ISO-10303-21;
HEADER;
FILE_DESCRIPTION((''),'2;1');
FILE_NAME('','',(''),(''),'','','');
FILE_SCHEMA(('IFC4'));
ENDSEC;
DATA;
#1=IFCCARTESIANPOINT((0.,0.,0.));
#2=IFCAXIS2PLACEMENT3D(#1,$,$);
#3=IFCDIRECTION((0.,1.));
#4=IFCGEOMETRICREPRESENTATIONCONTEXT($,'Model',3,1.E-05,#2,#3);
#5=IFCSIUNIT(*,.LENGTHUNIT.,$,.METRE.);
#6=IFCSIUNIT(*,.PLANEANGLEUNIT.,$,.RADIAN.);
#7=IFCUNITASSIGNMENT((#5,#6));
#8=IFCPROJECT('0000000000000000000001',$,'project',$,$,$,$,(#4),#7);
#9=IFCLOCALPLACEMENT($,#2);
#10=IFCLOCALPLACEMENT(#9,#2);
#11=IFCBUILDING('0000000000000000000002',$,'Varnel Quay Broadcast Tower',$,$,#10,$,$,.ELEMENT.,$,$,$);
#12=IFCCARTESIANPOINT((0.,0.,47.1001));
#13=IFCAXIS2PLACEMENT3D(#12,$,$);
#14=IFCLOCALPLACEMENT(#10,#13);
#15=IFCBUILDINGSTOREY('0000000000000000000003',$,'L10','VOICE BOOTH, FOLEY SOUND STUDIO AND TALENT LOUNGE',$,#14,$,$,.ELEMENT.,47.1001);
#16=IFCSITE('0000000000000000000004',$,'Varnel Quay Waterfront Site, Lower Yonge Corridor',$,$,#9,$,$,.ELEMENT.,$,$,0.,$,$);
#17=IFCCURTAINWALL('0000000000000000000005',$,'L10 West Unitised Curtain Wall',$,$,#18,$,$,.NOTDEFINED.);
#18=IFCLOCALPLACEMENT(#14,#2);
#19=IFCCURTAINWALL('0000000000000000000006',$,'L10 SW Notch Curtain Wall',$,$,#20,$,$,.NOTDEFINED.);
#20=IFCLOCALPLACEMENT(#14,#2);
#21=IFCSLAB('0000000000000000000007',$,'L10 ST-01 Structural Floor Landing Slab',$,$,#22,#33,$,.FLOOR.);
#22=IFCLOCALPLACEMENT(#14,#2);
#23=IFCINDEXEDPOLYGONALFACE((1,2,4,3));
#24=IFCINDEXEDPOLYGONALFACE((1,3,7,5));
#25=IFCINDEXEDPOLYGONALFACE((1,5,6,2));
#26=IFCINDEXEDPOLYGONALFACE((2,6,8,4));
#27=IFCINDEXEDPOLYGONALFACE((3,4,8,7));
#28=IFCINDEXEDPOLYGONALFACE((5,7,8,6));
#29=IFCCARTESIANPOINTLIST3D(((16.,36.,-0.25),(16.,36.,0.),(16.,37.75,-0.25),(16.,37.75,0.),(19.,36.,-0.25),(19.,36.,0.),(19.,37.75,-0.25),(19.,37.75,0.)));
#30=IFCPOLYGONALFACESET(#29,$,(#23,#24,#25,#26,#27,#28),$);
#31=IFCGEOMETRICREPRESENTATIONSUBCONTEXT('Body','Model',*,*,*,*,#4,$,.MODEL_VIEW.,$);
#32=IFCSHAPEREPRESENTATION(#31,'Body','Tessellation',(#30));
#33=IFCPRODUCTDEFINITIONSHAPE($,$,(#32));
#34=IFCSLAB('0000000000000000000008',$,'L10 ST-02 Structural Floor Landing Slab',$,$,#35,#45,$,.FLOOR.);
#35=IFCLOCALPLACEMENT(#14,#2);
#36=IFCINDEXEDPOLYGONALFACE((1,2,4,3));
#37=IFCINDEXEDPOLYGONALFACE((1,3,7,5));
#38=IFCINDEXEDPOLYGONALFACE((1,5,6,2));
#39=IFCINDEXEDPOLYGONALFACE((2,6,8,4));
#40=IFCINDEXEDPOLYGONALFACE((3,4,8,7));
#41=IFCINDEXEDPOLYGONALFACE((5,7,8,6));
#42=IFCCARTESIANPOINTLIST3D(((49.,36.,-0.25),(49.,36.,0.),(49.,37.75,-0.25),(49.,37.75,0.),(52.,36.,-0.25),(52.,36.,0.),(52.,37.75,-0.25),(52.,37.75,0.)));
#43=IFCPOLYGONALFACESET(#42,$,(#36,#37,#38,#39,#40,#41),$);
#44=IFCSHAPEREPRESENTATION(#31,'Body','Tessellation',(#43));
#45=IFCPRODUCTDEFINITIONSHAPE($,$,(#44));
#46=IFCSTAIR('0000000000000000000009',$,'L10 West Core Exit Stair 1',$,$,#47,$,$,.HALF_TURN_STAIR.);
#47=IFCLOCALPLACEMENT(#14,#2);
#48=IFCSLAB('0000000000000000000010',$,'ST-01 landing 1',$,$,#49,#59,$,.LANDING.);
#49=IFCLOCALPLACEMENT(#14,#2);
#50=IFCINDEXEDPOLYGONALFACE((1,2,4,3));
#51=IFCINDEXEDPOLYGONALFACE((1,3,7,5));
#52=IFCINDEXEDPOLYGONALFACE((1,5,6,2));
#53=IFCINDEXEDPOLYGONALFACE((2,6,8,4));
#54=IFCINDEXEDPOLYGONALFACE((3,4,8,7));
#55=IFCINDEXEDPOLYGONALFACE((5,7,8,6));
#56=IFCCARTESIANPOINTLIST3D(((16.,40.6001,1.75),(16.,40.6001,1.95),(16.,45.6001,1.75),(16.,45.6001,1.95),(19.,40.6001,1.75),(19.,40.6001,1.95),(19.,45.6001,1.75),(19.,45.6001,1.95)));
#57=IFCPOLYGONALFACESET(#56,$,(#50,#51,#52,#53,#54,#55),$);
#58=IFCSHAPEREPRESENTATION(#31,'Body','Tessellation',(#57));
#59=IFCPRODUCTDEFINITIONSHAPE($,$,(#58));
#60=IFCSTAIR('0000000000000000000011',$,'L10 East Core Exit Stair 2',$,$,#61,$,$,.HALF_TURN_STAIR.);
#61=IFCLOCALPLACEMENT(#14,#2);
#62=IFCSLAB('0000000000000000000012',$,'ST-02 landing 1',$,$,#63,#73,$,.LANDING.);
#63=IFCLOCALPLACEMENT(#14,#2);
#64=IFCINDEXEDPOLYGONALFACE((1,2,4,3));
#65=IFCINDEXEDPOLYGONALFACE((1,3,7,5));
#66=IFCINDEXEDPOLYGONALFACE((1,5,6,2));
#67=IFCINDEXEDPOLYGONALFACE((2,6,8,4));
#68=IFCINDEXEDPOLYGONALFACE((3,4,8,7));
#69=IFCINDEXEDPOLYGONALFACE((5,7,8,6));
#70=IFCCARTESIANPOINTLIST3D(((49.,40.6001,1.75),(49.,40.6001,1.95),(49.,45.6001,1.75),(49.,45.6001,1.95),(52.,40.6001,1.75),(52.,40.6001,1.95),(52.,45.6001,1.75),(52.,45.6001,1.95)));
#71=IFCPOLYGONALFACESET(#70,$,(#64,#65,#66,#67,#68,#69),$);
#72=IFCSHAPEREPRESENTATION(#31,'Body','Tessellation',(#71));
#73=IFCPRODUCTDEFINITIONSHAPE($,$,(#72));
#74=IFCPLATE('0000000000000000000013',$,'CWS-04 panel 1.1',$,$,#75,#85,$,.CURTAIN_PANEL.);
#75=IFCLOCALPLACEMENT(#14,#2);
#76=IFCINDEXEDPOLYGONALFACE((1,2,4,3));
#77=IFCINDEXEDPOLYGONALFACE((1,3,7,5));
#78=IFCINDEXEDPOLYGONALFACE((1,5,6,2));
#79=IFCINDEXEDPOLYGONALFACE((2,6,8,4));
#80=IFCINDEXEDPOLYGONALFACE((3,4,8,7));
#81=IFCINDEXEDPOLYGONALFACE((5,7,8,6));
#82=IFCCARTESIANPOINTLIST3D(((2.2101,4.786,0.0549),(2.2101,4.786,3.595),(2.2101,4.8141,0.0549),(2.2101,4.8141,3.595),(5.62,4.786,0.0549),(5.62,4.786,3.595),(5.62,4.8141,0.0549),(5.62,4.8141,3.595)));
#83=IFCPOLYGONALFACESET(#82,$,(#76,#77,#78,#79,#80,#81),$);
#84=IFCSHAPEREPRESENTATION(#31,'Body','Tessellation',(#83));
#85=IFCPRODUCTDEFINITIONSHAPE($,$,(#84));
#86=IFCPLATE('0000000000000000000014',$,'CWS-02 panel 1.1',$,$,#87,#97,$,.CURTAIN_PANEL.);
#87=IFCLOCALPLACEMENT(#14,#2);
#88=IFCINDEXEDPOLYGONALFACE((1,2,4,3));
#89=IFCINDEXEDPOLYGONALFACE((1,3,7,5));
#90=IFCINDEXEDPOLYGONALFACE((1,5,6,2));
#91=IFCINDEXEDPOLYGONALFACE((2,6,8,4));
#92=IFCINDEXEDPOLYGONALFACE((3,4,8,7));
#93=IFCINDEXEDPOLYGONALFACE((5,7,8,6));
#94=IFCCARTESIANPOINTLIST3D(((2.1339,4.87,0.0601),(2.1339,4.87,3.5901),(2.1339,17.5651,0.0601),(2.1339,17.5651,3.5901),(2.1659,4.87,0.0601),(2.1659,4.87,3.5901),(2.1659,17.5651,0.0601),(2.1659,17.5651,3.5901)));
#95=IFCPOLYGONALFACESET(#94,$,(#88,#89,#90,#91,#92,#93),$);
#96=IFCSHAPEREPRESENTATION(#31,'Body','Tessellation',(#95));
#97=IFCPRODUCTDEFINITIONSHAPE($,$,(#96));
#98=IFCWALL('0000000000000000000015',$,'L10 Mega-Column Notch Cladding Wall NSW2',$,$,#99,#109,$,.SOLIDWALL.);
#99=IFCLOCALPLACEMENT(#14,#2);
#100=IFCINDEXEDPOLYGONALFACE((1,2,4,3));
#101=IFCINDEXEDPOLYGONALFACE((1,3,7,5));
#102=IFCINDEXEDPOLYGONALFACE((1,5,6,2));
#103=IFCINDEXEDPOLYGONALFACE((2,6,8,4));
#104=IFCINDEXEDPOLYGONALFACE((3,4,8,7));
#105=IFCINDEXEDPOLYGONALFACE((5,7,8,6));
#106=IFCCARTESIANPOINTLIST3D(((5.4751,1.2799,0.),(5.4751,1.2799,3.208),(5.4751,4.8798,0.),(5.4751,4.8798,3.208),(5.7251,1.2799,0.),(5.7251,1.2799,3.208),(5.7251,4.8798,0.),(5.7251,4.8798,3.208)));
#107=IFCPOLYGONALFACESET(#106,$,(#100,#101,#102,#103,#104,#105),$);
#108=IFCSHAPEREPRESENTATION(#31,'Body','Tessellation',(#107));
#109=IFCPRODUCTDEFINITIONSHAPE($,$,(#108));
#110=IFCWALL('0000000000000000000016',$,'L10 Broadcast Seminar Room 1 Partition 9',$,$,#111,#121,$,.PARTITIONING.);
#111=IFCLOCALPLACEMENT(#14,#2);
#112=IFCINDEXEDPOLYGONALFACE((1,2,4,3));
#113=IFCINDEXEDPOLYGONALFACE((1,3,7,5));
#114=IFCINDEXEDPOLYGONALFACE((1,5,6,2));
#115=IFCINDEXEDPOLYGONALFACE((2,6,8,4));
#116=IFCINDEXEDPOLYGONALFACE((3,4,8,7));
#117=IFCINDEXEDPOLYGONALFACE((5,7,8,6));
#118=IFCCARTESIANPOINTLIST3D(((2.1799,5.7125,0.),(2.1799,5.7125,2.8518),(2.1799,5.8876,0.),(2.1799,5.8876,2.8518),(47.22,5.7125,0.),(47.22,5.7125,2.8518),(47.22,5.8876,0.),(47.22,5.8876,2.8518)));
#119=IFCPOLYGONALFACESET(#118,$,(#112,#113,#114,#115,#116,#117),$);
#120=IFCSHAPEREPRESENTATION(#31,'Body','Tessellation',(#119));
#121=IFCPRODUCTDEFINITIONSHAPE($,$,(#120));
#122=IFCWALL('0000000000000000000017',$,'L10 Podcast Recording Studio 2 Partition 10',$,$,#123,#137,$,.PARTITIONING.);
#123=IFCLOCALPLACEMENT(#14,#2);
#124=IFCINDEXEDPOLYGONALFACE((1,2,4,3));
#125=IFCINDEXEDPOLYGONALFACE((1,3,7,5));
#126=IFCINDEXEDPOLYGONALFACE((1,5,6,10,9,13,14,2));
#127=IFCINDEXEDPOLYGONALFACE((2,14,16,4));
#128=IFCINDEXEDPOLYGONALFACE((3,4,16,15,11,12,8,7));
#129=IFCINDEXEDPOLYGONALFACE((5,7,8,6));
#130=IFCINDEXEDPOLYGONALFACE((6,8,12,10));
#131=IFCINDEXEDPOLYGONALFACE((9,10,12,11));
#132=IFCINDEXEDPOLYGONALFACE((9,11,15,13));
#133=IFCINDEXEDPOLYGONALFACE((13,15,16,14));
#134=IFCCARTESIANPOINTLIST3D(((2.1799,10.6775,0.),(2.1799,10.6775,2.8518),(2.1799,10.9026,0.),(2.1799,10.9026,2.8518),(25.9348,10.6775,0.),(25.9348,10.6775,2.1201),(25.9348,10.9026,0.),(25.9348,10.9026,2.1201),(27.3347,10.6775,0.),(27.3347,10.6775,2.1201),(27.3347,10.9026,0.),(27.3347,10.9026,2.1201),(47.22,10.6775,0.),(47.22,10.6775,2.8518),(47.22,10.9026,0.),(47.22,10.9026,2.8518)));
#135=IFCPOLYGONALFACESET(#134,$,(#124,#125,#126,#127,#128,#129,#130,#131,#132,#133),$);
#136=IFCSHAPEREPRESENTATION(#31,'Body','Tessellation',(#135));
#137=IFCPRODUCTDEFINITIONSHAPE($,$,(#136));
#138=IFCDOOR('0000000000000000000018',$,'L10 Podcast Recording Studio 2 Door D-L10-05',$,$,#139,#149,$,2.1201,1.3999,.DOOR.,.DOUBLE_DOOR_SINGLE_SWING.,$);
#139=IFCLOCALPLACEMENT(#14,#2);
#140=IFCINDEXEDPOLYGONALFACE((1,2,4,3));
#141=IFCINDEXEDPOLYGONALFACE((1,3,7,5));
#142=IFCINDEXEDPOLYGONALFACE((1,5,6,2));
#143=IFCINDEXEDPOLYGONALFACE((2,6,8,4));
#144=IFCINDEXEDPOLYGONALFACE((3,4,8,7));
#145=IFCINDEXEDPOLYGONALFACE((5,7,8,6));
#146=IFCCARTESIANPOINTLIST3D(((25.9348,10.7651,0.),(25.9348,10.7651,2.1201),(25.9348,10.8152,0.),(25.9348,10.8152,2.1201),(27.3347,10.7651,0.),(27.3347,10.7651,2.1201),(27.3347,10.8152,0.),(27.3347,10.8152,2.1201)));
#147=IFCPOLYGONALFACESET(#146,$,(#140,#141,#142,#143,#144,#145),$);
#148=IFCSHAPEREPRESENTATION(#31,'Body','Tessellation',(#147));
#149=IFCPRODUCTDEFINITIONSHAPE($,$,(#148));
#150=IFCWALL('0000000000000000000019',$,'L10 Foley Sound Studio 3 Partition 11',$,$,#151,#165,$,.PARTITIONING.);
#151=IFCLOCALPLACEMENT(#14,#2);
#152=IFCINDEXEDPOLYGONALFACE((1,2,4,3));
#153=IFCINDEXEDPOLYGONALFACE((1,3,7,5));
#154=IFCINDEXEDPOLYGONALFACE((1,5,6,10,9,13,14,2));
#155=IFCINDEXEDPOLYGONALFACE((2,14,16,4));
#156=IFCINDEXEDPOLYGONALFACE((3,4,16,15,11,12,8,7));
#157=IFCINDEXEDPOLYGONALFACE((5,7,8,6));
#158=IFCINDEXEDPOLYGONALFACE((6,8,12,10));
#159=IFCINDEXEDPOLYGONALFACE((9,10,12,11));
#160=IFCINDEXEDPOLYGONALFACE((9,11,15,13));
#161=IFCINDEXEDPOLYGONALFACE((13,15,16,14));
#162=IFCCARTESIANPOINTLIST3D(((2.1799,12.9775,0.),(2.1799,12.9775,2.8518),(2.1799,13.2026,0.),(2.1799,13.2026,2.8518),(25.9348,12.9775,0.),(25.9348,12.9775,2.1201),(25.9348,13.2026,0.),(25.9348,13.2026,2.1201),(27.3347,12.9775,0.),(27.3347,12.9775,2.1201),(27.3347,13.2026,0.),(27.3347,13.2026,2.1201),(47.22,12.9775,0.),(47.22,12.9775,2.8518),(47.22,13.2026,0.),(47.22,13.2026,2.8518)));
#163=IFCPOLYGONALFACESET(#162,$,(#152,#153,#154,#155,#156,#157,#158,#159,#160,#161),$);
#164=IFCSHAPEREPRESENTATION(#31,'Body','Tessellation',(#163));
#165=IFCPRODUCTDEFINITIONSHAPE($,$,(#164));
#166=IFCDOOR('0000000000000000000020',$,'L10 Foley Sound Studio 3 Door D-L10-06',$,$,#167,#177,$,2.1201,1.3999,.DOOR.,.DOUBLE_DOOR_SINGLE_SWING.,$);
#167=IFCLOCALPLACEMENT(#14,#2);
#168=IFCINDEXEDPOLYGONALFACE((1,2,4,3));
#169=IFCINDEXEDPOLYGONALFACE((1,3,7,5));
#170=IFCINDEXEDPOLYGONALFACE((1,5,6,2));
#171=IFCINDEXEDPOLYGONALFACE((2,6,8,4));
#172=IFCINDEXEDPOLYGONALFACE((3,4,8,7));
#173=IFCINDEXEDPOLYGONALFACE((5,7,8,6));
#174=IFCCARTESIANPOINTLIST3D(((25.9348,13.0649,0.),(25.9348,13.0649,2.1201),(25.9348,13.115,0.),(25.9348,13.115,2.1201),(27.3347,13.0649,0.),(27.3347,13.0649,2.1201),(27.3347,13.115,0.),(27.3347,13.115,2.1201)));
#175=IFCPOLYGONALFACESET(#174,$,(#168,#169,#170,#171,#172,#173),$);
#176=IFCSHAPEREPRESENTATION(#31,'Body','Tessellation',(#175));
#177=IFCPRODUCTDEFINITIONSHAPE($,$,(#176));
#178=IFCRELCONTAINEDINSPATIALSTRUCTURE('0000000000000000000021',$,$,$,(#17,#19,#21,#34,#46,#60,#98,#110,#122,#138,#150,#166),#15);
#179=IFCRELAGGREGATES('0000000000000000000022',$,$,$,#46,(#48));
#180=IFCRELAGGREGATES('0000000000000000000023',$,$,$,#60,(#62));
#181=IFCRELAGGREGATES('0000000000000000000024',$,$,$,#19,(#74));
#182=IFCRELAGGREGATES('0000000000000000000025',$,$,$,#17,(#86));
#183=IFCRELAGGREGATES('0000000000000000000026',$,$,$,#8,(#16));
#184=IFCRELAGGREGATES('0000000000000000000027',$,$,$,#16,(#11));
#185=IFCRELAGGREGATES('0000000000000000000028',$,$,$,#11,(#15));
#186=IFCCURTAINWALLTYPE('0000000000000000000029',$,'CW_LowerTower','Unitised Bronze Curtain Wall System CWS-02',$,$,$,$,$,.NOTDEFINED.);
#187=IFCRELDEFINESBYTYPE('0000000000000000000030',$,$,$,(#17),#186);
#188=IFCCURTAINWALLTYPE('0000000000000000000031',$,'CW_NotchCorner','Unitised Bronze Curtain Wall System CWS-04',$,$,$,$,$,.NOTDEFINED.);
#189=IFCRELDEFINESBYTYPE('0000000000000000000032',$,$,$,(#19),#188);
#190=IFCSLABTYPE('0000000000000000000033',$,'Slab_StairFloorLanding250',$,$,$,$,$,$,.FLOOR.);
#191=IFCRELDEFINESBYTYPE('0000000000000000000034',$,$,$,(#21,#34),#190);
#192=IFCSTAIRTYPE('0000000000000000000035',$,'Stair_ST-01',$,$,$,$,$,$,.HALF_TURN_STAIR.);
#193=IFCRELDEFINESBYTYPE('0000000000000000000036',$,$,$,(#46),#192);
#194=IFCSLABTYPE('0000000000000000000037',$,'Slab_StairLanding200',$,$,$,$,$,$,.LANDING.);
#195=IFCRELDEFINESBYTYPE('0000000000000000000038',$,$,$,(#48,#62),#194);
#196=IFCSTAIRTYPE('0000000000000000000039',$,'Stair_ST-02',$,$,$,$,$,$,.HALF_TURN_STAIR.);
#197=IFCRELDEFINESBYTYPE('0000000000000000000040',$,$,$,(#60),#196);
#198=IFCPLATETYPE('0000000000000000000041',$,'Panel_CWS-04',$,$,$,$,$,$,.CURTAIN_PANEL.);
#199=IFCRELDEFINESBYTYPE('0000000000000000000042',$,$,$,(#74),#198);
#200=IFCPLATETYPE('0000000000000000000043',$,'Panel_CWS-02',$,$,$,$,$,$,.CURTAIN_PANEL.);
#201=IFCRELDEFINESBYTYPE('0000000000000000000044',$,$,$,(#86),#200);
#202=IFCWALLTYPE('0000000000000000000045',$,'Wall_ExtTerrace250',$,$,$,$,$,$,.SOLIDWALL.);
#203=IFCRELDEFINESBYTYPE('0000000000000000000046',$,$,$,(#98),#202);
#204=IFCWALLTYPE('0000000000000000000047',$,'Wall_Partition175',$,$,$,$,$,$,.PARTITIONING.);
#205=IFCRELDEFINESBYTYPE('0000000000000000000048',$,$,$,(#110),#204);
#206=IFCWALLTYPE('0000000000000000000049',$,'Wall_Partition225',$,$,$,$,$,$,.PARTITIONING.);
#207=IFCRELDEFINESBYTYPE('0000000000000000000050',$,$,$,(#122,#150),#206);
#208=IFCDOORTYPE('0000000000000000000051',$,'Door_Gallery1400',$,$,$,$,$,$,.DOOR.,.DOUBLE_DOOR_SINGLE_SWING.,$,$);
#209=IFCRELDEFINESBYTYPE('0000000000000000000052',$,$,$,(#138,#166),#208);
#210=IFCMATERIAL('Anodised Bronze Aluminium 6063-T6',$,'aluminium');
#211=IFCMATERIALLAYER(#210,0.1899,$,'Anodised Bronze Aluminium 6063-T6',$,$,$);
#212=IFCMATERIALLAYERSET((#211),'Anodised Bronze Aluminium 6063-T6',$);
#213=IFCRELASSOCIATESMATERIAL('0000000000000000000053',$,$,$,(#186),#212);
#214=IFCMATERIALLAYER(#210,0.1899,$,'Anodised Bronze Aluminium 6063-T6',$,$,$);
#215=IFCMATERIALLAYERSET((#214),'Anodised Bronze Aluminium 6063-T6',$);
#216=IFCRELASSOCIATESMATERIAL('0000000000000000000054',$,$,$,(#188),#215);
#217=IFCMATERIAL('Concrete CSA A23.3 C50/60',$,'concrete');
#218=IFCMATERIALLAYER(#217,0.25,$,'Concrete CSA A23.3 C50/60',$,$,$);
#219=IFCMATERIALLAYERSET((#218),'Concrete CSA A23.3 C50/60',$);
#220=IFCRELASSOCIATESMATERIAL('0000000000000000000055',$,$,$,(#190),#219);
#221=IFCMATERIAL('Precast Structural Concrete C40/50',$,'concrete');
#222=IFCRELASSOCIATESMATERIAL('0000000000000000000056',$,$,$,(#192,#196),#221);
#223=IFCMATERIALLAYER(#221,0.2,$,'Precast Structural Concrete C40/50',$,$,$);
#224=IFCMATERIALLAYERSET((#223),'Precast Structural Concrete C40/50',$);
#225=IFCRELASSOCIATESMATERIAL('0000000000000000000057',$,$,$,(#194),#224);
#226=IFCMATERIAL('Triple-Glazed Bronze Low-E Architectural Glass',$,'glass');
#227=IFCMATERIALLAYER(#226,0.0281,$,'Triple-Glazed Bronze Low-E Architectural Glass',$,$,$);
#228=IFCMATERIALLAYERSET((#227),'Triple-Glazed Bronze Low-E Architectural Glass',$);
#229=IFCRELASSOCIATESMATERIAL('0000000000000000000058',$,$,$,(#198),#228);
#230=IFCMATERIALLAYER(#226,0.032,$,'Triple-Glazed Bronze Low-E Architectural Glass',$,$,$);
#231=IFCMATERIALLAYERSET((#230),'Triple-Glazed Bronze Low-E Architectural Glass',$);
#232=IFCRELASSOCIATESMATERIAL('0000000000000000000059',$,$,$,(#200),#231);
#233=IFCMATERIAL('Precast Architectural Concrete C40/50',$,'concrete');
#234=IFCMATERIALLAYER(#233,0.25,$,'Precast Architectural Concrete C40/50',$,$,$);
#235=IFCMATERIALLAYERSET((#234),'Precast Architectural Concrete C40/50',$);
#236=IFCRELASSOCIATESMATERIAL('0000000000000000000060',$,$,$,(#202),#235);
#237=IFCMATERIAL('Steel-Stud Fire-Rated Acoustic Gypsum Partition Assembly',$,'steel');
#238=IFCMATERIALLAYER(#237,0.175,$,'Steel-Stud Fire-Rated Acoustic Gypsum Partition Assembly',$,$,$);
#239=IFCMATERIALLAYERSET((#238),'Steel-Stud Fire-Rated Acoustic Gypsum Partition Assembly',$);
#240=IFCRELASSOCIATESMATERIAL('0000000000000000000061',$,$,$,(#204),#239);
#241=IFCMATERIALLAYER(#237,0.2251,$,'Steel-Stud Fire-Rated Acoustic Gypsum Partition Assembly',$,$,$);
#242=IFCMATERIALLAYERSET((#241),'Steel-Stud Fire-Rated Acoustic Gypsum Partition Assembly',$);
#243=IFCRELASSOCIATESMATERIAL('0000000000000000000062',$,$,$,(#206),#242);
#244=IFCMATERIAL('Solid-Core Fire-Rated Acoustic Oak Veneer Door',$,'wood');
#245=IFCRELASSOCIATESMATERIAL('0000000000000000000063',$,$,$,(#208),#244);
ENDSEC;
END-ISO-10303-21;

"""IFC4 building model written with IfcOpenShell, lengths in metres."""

from ifc_helpers import new_model, si_unit, direction, frame, frame_2d, origin, origin_2d, place, context, subcontext, project, spatial, polyline, rectangle, outline, extrude, source, transform, mapped, material, layer, layer_set, type_object, type_shapes, element, fill, aggregate, save


model = new_model("IFC4")

# Units and contexts
model_context = context("Model", 3, precision=1e-05, world=origin(), true_north=direction((0.0, 1.0)))
body_context = subcontext(model_context, "Body", "Model", "MODEL_VIEW")
ifc_project = project(units=[si_unit("LENGTHUNIT", "METRE"), si_unit("PLANEANGLEUNIT", "RADIAN")], contexts=[model_context])

# Site, building, storey
site_placement = place(None, origin())
site = spatial("IfcSite", under=ifc_project, at=site_placement, Name="Varnel Quay Waterfront Site, Lower Yonge Corridor", CompositionType="ELEMENT", RefElevation=0.0)
building_placement = place(site_placement, origin())
building = spatial("IfcBuilding", under=site, at=building_placement, Name="Varnel Quay Broadcast Tower", CompositionType="ELEMENT")
storey_placement = place(building_placement, frame((0.0, 0.0, 47.1001)))
storey = spatial("IfcBuildingStorey", under=building, at=storey_placement, Name="L10", Description="VOICE BOOTH, FOLEY SOUND STUDIO AND TALENT LOUNGE", CompositionType="ELEMENT", Elevation=47.1001)

# Curtain walls
ifc_material_1 = material(Name="Anodised Bronze Aluminium 6063-T6", Category="aluminium")
ifc_layer_1 = layer(ifc_material_1, 0.1899, Name="Anodised Bronze Aluminium 6063-T6")
ifc_layer_set_1 = layer_set([ifc_layer_1], Name="Anodised Bronze Aluminium 6063-T6")
curtain_wall_type_1 = type_object("IfcCurtainWallType", Name="CW_LowerTower", Description="Unitised Bronze Curtain Wall System CWS-02", PredefinedType="NOTDEFINED", material=ifc_layer_set_1)
curtain_wall_1_placement = place(storey_placement, origin())
curtain_wall_1 = element("IfcCurtainWall", 1, at=curtain_wall_1_placement, inside=storey, type_object=curtain_wall_type_1, Name="L10 West Unitised Curtain Wall", PredefinedType="NOTDEFINED")
ifc_layer_2 = layer(ifc_material_1, 0.1899, Name="Anodised Bronze Aluminium 6063-T6")
ifc_layer_set_2 = layer_set([ifc_layer_2], Name="Anodised Bronze Aluminium 6063-T6")
curtain_wall_type_2 = type_object("IfcCurtainWallType", Name="CW_NotchCorner", Description="Unitised Bronze Curtain Wall System CWS-04", PredefinedType="NOTDEFINED", material=ifc_layer_set_2)
curtain_wall_2_placement = place(storey_placement, origin())
curtain_wall_2 = element("IfcCurtainWall", 2, at=curtain_wall_2_placement, inside=storey, type_object=curtain_wall_type_2, Name="L10 SW Notch Curtain Wall", PredefinedType="NOTDEFINED")

# Slabs
ifc_material_2 = material(Name="Concrete CSA A23.3 C50/60", Category="concrete")
ifc_layer_3 = layer(ifc_material_2, 0.25, Name="Concrete CSA A23.3 C50/60")
ifc_layer_set_3 = layer_set([ifc_layer_3], Name="Concrete CSA A23.3 C50/60")
slab_type_1 = type_object("IfcSlabType", Name="Slab_StairFloorLanding250", PredefinedType="FLOOR", material=ifc_layer_set_3)
slab_1_placement = place(storey_placement, frame((0.0, 0.0, -0.25)))
element("IfcSlab", 3, at=slab_1_placement, inside=storey, type_object=slab_type_1, Name="L10 ST-01 Structural Floor Landing Slab", PredefinedType="FLOOR", context=body_context, shape_type="SweptSolid", body=[
    extrude(outline(polyline([(19.0, 36.0), (19.0, 37.75), (16.0, 37.75), (16.0, 36.0), (19.0, 36.0)])), origin(), (0.0, 0.0, 1.0), 0.25),
])
slab_2_placement = place(storey_placement, frame((0.0, 0.0, -0.25)))
element("IfcSlab", 4, at=slab_2_placement, inside=storey, type_object=slab_type_1, Name="L10 ST-02 Structural Floor Landing Slab", PredefinedType="FLOOR", context=body_context, shape_type="SweptSolid", body=[
    extrude(outline(polyline([(52.0, 36.0), (52.0, 37.75), (49.0, 37.75), (49.0, 36.0), (52.0, 36.0)])), origin(), (0.0, 0.0, 1.0), 0.25),
])

# Stairs, slabs
ifc_material_3 = material(Name="Precast Structural Concrete C40/50", Category="concrete")
stair_type_1 = type_object("IfcStairType", Name="Stair_ST-01", PredefinedType="HALF_TURN_STAIR", material=ifc_material_3)
stair_1_placement = place(storey_placement, origin())
stair_1 = element("IfcStair", 5, at=stair_1_placement, inside=storey, type_object=stair_type_1, Name="L10 West Core Exit Stair 1", PredefinedType="HALF_TURN_STAIR")
ifc_layer_4 = layer(ifc_material_3, 0.2, Name="Precast Structural Concrete C40/50")
ifc_layer_set_4 = layer_set([ifc_layer_4], Name="Precast Structural Concrete C40/50")
slab_type_2 = type_object("IfcSlabType", Name="Slab_StairLanding200", PredefinedType="LANDING", material=ifc_layer_set_4)
slab_3_placement = place(storey_placement, frame((0.0, 0.0, 1.75)))
slab_3 = element("IfcSlab", 6, at=slab_3_placement, type_object=slab_type_2, Name="ST-01 landing 1", PredefinedType="LANDING", context=body_context, shape_type="SweptSolid", body=[
    extrude(outline(polyline([(19.0, 40.6001), (19.0, 45.6001), (16.0, 45.6001), (16.0, 40.6001), (19.0, 40.6001)])), origin(), (0.0, 0.0, 1.0), 0.2),
])
aggregate(stair_1, [slab_3])
stair_type_2 = type_object("IfcStairType", Name="Stair_ST-02", PredefinedType="HALF_TURN_STAIR", material=ifc_material_3)
stair_2_placement = place(storey_placement, origin())
stair_2 = element("IfcStair", 7, at=stair_2_placement, inside=storey, type_object=stair_type_2, Name="L10 East Core Exit Stair 2", PredefinedType="HALF_TURN_STAIR")
slab_4_placement = place(storey_placement, frame((0.0, 0.0, 1.75)))
slab_4 = element("IfcSlab", 8, at=slab_4_placement, type_object=slab_type_2, Name="ST-02 landing 1", PredefinedType="LANDING", context=body_context, shape_type="SweptSolid", body=[
    extrude(outline(polyline([(52.0, 40.6001), (52.0, 45.6001), (49.0, 45.6001), (49.0, 40.6001), (52.0, 40.6001)])), origin(), (0.0, 0.0, 1.0), 0.2),
])
aggregate(stair_2, [slab_4])

# Plates
ifc_material_4 = material(Name="Triple-Glazed Bronze Low-E Architectural Glass", Category="glass")
ifc_layer_5 = layer(ifc_material_4, 0.0281, Name="Triple-Glazed Bronze Low-E Architectural Glass")
ifc_layer_set_5 = layer_set([ifc_layer_5], Name="Triple-Glazed Bronze Low-E Architectural Glass")
plate_type_1 = type_object("IfcPlateType", Name="Panel_CWS-04", PredefinedType="CURTAIN_PANEL", material=ifc_layer_set_5)
shared_shape_1 = source(origin(), body_context, "Body", "SweptSolid", [
    extrude(rectangle(XDim=3.4099, YDim=0.0281, at=origin_2d()), origin(), (0.0, 0.0, 1.0), 3.54),
])
type_shapes(plate_type_1, [shared_shape_1])
plate_1_placement = place(storey_placement, frame((3.915, 4.8, 0.0549), z_axis=(0.0, 0.0, 1.0), x_axis=(1.0, 0.0, 0.0)))
plate_1 = element("IfcPlate", 9, at=plate_1_placement, type_object=plate_type_1, Name="CWS-04 panel 1.1", PredefinedType="CURTAIN_PANEL", context=body_context, shape_type="MappedRepresentation", body=[
    mapped(shared_shape_1, transform((0.0, 0.0, 0.0), x_axis=(1.0, 0.0, 0.0), y_axis=(0.0, 1.0, 0.0), z_axis=(0.0, 0.0, 1.0), scale=1.0)),
])
aggregate(curtain_wall_2, [plate_1])
ifc_layer_6 = layer(ifc_material_4, 0.032, Name="Triple-Glazed Bronze Low-E Architectural Glass")
ifc_layer_set_6 = layer_set([ifc_layer_6], Name="Triple-Glazed Bronze Low-E Architectural Glass")
plate_type_2 = type_object("IfcPlateType", Name="Panel_CWS-02", PredefinedType="CURTAIN_PANEL", material=ifc_layer_set_6)
shared_shape_2 = source(origin(), body_context, "Body", "SweptSolid", [
    extrude(rectangle(XDim=12.6951, YDim=0.032, at=origin_2d()), origin(), (0.0, 0.0, 1.0), 3.53),
])
type_shapes(plate_type_2, [shared_shape_2])
plate_2_placement = place(storey_placement, frame((2.1499, 11.2175, 0.0601), z_axis=(0.0, 0.0, 1.0), x_axis=(0.0, 1.0, 0.0)))
plate_2 = element("IfcPlate", 10, at=plate_2_placement, type_object=plate_type_2, Name="CWS-02 panel 1.1", PredefinedType="CURTAIN_PANEL", context=body_context, shape_type="MappedRepresentation", body=[
    mapped(shared_shape_2, transform((0.0, 0.0, 0.0), x_axis=(1.0, 0.0, 0.0), y_axis=(0.0, 1.0, 0.0), z_axis=(0.0, 0.0, 1.0), scale=1.0)),
])
aggregate(curtain_wall_1, [plate_2])

# Walls
ifc_material_5 = material(Name="Precast Architectural Concrete C40/50", Category="concrete")
ifc_layer_7 = layer(ifc_material_5, 0.25, Name="Precast Architectural Concrete C40/50")
ifc_layer_set_7 = layer_set([ifc_layer_7], Name="Precast Architectural Concrete C40/50")
wall_type_1 = type_object("IfcWallType", Name="Wall_ExtTerrace250", PredefinedType="SOLIDWALL", material=ifc_layer_set_7)
wall_1_placement = place(storey_placement, frame((5.6001, 1.28, 0.0), z_axis=(0.0, 0.0, 1.0), x_axis=(0.0, 1.0, 0.0)))
element("IfcWall", 11, at=wall_1_placement, inside=storey, type_object=wall_type_1, Name="L10 Mega-Column Notch Cladding Wall NSW2", PredefinedType="SOLIDWALL", context=body_context, shape_type="SweptSolid", body=[
    extrude(rectangle(XDim=3.5999, YDim=0.25, at=frame_2d((1.7998, 0.0))), origin(), (0.0, 0.0, 1.0), 3.208),
])
ifc_material_6 = material(Name="Steel-Stud Fire-Rated Acoustic Gypsum Partition Assembly", Category="steel")
ifc_layer_8 = layer(ifc_material_6, 0.175, Name="Steel-Stud Fire-Rated Acoustic Gypsum Partition Assembly")
ifc_layer_set_8 = layer_set([ifc_layer_8], Name="Steel-Stud Fire-Rated Acoustic Gypsum Partition Assembly")
wall_type_2 = type_object("IfcWallType", Name="Wall_Partition175", PredefinedType="PARTITIONING", material=ifc_layer_set_8)
wall_2_placement = place(storey_placement, frame((2.1799, 5.8, 0.0), z_axis=(0.0, 0.0, 1.0), x_axis=(1.0, 0.0, 0.0)))
element("IfcWall", 12, at=wall_2_placement, inside=storey, type_object=wall_type_2, Name="L10 Broadcast Seminar Room 1 Partition 9", PredefinedType="PARTITIONING", context=body_context, shape_type="SweptSolid", body=[
    extrude(rectangle(XDim=45.04, YDim=0.175, at=frame_2d((22.52, 0.0))), origin(), (0.0, 0.0, 1.0), 2.8518),
])

# Walls, openings, doors
ifc_layer_9 = layer(ifc_material_6, 0.2251, Name="Steel-Stud Fire-Rated Acoustic Gypsum Partition Assembly")
ifc_layer_set_9 = layer_set([ifc_layer_9], Name="Steel-Stud Fire-Rated Acoustic Gypsum Partition Assembly")
wall_type_3 = type_object("IfcWallType", Name="Wall_Partition225", PredefinedType="PARTITIONING", material=ifc_layer_set_9)
wall_3_placement = place(storey_placement, frame((2.1799, 10.79, 0.0), z_axis=(0.0, 0.0, 1.0), x_axis=(1.0, 0.0, 0.0)))
wall_3 = element("IfcWall", 13, at=wall_3_placement, inside=storey, type_object=wall_type_3, Name="L10 Podcast Recording Studio 2 Partition 10", PredefinedType="PARTITIONING", context=body_context, shape_type="SweptSolid", body=[
    extrude(rectangle(XDim=45.04, YDim=0.2251, at=frame_2d((22.52, 0.0))), origin(), (0.0, 0.0, 1.0), 2.8518),
])
opening_1_placement = place(wall_3_placement, frame((23.7549, 0.0, 0.0)))
opening_1 = element("IfcOpeningElement", 14, at=opening_1_placement, cuts=wall_3, PredefinedType="OPENING", context=body_context, shape_type="SweptSolid", body=[
    extrude(rectangle(XDim=1.3999, YDim=2.1201, at=frame_2d((0.7, 1.0601))), frame((0.0, 0.1226, 0.0), z_axis=(0.0, -1.0, 0.0), x_axis=(1.0, 0.0, 0.0)), (0.0, 0.0, 1.0), 0.2451),
])
ifc_material_7 = material(Name="Solid-Core Fire-Rated Acoustic Oak Veneer Door", Category="wood")
door_type = type_object("IfcDoorType", Name="Door_Gallery1400", OperationType="DOUBLE_DOOR_SINGLE_SWING", PredefinedType="DOOR", material=ifc_material_7)
shared_shape_3 = source(origin(), body_context, "Body", "SweptSolid", [
    extrude(rectangle(XDim=1.3999, YDim=2.1201, at=frame_2d((0.7, 1.0601))), frame((0.0, 0.0249, 0.0), z_axis=(0.0, -1.0, 0.0), x_axis=(1.0, 0.0, 0.0)), (0.0, 0.0, 1.0), 0.05),
])
type_shapes(door_type, [shared_shape_3])
door_1_placement = place(opening_1_placement, frame((1.3999, 0.0, 0.0), z_axis=(0.0, 0.0, 1.0), x_axis=(-1.0, 0.0, 0.0)))
door_1 = element("IfcDoor", 15, at=door_1_placement, inside=storey, type_object=door_type, Name="L10 Podcast Recording Studio 2 Door D-L10-05", OperationType="DOUBLE_DOOR_SINGLE_SWING", OverallHeight=2.1201, OverallWidth=1.3999, PredefinedType="DOOR", context=body_context, shape_type="MappedRepresentation", body=[
    mapped(shared_shape_3, transform((0.0, 0.0, 0.0), x_axis=(1.0, 0.0, 0.0), y_axis=(0.0, 1.0, 0.0), z_axis=(0.0, 0.0, 1.0), scale=1.0)),
])
fill(opening_1, door_1)
wall_4_placement = place(storey_placement, frame((2.1799, 13.0901, 0.0), z_axis=(0.0, 0.0, 1.0), x_axis=(1.0, 0.0, 0.0)))
wall_4 = element("IfcWall", 16, at=wall_4_placement, inside=storey, type_object=wall_type_3, Name="L10 Foley Sound Studio 3 Partition 11", PredefinedType="PARTITIONING", context=body_context, shape_type="SweptSolid", body=[
    extrude(rectangle(XDim=45.04, YDim=0.2251, at=frame_2d((22.52, 0.0))), origin(), (0.0, 0.0, 1.0), 2.8518),
])
opening_2_placement = place(wall_4_placement, frame((23.7549, 0.0, 0.0)))
opening_2 = element("IfcOpeningElement", 17, at=opening_2_placement, cuts=wall_4, PredefinedType="OPENING", context=body_context, shape_type="SweptSolid", body=[
    extrude(rectangle(XDim=1.3999, YDim=2.1201, at=frame_2d((0.7, 1.0601))), frame((0.0, 0.1226, 0.0), z_axis=(0.0, -1.0, 0.0), x_axis=(1.0, 0.0, 0.0)), (0.0, 0.0, 1.0), 0.2451),
])
door_2_placement = place(opening_2_placement, origin())
door_2 = element("IfcDoor", 18, at=door_2_placement, inside=storey, type_object=door_type, Name="L10 Foley Sound Studio 3 Door D-L10-06", OperationType="DOUBLE_DOOR_SINGLE_SWING", OverallHeight=2.1201, OverallWidth=1.3999, PredefinedType="DOOR", context=body_context, shape_type="MappedRepresentation", body=[
    mapped(shared_shape_3, transform((0.0, 0.0, 0.0), x_axis=(1.0, 0.0, 0.0), y_axis=(0.0, 1.0, 0.0), z_axis=(0.0, 0.0, 1.0), scale=1.0)),
])
fill(opening_2, door_2)

save(model, "model.ifc")
